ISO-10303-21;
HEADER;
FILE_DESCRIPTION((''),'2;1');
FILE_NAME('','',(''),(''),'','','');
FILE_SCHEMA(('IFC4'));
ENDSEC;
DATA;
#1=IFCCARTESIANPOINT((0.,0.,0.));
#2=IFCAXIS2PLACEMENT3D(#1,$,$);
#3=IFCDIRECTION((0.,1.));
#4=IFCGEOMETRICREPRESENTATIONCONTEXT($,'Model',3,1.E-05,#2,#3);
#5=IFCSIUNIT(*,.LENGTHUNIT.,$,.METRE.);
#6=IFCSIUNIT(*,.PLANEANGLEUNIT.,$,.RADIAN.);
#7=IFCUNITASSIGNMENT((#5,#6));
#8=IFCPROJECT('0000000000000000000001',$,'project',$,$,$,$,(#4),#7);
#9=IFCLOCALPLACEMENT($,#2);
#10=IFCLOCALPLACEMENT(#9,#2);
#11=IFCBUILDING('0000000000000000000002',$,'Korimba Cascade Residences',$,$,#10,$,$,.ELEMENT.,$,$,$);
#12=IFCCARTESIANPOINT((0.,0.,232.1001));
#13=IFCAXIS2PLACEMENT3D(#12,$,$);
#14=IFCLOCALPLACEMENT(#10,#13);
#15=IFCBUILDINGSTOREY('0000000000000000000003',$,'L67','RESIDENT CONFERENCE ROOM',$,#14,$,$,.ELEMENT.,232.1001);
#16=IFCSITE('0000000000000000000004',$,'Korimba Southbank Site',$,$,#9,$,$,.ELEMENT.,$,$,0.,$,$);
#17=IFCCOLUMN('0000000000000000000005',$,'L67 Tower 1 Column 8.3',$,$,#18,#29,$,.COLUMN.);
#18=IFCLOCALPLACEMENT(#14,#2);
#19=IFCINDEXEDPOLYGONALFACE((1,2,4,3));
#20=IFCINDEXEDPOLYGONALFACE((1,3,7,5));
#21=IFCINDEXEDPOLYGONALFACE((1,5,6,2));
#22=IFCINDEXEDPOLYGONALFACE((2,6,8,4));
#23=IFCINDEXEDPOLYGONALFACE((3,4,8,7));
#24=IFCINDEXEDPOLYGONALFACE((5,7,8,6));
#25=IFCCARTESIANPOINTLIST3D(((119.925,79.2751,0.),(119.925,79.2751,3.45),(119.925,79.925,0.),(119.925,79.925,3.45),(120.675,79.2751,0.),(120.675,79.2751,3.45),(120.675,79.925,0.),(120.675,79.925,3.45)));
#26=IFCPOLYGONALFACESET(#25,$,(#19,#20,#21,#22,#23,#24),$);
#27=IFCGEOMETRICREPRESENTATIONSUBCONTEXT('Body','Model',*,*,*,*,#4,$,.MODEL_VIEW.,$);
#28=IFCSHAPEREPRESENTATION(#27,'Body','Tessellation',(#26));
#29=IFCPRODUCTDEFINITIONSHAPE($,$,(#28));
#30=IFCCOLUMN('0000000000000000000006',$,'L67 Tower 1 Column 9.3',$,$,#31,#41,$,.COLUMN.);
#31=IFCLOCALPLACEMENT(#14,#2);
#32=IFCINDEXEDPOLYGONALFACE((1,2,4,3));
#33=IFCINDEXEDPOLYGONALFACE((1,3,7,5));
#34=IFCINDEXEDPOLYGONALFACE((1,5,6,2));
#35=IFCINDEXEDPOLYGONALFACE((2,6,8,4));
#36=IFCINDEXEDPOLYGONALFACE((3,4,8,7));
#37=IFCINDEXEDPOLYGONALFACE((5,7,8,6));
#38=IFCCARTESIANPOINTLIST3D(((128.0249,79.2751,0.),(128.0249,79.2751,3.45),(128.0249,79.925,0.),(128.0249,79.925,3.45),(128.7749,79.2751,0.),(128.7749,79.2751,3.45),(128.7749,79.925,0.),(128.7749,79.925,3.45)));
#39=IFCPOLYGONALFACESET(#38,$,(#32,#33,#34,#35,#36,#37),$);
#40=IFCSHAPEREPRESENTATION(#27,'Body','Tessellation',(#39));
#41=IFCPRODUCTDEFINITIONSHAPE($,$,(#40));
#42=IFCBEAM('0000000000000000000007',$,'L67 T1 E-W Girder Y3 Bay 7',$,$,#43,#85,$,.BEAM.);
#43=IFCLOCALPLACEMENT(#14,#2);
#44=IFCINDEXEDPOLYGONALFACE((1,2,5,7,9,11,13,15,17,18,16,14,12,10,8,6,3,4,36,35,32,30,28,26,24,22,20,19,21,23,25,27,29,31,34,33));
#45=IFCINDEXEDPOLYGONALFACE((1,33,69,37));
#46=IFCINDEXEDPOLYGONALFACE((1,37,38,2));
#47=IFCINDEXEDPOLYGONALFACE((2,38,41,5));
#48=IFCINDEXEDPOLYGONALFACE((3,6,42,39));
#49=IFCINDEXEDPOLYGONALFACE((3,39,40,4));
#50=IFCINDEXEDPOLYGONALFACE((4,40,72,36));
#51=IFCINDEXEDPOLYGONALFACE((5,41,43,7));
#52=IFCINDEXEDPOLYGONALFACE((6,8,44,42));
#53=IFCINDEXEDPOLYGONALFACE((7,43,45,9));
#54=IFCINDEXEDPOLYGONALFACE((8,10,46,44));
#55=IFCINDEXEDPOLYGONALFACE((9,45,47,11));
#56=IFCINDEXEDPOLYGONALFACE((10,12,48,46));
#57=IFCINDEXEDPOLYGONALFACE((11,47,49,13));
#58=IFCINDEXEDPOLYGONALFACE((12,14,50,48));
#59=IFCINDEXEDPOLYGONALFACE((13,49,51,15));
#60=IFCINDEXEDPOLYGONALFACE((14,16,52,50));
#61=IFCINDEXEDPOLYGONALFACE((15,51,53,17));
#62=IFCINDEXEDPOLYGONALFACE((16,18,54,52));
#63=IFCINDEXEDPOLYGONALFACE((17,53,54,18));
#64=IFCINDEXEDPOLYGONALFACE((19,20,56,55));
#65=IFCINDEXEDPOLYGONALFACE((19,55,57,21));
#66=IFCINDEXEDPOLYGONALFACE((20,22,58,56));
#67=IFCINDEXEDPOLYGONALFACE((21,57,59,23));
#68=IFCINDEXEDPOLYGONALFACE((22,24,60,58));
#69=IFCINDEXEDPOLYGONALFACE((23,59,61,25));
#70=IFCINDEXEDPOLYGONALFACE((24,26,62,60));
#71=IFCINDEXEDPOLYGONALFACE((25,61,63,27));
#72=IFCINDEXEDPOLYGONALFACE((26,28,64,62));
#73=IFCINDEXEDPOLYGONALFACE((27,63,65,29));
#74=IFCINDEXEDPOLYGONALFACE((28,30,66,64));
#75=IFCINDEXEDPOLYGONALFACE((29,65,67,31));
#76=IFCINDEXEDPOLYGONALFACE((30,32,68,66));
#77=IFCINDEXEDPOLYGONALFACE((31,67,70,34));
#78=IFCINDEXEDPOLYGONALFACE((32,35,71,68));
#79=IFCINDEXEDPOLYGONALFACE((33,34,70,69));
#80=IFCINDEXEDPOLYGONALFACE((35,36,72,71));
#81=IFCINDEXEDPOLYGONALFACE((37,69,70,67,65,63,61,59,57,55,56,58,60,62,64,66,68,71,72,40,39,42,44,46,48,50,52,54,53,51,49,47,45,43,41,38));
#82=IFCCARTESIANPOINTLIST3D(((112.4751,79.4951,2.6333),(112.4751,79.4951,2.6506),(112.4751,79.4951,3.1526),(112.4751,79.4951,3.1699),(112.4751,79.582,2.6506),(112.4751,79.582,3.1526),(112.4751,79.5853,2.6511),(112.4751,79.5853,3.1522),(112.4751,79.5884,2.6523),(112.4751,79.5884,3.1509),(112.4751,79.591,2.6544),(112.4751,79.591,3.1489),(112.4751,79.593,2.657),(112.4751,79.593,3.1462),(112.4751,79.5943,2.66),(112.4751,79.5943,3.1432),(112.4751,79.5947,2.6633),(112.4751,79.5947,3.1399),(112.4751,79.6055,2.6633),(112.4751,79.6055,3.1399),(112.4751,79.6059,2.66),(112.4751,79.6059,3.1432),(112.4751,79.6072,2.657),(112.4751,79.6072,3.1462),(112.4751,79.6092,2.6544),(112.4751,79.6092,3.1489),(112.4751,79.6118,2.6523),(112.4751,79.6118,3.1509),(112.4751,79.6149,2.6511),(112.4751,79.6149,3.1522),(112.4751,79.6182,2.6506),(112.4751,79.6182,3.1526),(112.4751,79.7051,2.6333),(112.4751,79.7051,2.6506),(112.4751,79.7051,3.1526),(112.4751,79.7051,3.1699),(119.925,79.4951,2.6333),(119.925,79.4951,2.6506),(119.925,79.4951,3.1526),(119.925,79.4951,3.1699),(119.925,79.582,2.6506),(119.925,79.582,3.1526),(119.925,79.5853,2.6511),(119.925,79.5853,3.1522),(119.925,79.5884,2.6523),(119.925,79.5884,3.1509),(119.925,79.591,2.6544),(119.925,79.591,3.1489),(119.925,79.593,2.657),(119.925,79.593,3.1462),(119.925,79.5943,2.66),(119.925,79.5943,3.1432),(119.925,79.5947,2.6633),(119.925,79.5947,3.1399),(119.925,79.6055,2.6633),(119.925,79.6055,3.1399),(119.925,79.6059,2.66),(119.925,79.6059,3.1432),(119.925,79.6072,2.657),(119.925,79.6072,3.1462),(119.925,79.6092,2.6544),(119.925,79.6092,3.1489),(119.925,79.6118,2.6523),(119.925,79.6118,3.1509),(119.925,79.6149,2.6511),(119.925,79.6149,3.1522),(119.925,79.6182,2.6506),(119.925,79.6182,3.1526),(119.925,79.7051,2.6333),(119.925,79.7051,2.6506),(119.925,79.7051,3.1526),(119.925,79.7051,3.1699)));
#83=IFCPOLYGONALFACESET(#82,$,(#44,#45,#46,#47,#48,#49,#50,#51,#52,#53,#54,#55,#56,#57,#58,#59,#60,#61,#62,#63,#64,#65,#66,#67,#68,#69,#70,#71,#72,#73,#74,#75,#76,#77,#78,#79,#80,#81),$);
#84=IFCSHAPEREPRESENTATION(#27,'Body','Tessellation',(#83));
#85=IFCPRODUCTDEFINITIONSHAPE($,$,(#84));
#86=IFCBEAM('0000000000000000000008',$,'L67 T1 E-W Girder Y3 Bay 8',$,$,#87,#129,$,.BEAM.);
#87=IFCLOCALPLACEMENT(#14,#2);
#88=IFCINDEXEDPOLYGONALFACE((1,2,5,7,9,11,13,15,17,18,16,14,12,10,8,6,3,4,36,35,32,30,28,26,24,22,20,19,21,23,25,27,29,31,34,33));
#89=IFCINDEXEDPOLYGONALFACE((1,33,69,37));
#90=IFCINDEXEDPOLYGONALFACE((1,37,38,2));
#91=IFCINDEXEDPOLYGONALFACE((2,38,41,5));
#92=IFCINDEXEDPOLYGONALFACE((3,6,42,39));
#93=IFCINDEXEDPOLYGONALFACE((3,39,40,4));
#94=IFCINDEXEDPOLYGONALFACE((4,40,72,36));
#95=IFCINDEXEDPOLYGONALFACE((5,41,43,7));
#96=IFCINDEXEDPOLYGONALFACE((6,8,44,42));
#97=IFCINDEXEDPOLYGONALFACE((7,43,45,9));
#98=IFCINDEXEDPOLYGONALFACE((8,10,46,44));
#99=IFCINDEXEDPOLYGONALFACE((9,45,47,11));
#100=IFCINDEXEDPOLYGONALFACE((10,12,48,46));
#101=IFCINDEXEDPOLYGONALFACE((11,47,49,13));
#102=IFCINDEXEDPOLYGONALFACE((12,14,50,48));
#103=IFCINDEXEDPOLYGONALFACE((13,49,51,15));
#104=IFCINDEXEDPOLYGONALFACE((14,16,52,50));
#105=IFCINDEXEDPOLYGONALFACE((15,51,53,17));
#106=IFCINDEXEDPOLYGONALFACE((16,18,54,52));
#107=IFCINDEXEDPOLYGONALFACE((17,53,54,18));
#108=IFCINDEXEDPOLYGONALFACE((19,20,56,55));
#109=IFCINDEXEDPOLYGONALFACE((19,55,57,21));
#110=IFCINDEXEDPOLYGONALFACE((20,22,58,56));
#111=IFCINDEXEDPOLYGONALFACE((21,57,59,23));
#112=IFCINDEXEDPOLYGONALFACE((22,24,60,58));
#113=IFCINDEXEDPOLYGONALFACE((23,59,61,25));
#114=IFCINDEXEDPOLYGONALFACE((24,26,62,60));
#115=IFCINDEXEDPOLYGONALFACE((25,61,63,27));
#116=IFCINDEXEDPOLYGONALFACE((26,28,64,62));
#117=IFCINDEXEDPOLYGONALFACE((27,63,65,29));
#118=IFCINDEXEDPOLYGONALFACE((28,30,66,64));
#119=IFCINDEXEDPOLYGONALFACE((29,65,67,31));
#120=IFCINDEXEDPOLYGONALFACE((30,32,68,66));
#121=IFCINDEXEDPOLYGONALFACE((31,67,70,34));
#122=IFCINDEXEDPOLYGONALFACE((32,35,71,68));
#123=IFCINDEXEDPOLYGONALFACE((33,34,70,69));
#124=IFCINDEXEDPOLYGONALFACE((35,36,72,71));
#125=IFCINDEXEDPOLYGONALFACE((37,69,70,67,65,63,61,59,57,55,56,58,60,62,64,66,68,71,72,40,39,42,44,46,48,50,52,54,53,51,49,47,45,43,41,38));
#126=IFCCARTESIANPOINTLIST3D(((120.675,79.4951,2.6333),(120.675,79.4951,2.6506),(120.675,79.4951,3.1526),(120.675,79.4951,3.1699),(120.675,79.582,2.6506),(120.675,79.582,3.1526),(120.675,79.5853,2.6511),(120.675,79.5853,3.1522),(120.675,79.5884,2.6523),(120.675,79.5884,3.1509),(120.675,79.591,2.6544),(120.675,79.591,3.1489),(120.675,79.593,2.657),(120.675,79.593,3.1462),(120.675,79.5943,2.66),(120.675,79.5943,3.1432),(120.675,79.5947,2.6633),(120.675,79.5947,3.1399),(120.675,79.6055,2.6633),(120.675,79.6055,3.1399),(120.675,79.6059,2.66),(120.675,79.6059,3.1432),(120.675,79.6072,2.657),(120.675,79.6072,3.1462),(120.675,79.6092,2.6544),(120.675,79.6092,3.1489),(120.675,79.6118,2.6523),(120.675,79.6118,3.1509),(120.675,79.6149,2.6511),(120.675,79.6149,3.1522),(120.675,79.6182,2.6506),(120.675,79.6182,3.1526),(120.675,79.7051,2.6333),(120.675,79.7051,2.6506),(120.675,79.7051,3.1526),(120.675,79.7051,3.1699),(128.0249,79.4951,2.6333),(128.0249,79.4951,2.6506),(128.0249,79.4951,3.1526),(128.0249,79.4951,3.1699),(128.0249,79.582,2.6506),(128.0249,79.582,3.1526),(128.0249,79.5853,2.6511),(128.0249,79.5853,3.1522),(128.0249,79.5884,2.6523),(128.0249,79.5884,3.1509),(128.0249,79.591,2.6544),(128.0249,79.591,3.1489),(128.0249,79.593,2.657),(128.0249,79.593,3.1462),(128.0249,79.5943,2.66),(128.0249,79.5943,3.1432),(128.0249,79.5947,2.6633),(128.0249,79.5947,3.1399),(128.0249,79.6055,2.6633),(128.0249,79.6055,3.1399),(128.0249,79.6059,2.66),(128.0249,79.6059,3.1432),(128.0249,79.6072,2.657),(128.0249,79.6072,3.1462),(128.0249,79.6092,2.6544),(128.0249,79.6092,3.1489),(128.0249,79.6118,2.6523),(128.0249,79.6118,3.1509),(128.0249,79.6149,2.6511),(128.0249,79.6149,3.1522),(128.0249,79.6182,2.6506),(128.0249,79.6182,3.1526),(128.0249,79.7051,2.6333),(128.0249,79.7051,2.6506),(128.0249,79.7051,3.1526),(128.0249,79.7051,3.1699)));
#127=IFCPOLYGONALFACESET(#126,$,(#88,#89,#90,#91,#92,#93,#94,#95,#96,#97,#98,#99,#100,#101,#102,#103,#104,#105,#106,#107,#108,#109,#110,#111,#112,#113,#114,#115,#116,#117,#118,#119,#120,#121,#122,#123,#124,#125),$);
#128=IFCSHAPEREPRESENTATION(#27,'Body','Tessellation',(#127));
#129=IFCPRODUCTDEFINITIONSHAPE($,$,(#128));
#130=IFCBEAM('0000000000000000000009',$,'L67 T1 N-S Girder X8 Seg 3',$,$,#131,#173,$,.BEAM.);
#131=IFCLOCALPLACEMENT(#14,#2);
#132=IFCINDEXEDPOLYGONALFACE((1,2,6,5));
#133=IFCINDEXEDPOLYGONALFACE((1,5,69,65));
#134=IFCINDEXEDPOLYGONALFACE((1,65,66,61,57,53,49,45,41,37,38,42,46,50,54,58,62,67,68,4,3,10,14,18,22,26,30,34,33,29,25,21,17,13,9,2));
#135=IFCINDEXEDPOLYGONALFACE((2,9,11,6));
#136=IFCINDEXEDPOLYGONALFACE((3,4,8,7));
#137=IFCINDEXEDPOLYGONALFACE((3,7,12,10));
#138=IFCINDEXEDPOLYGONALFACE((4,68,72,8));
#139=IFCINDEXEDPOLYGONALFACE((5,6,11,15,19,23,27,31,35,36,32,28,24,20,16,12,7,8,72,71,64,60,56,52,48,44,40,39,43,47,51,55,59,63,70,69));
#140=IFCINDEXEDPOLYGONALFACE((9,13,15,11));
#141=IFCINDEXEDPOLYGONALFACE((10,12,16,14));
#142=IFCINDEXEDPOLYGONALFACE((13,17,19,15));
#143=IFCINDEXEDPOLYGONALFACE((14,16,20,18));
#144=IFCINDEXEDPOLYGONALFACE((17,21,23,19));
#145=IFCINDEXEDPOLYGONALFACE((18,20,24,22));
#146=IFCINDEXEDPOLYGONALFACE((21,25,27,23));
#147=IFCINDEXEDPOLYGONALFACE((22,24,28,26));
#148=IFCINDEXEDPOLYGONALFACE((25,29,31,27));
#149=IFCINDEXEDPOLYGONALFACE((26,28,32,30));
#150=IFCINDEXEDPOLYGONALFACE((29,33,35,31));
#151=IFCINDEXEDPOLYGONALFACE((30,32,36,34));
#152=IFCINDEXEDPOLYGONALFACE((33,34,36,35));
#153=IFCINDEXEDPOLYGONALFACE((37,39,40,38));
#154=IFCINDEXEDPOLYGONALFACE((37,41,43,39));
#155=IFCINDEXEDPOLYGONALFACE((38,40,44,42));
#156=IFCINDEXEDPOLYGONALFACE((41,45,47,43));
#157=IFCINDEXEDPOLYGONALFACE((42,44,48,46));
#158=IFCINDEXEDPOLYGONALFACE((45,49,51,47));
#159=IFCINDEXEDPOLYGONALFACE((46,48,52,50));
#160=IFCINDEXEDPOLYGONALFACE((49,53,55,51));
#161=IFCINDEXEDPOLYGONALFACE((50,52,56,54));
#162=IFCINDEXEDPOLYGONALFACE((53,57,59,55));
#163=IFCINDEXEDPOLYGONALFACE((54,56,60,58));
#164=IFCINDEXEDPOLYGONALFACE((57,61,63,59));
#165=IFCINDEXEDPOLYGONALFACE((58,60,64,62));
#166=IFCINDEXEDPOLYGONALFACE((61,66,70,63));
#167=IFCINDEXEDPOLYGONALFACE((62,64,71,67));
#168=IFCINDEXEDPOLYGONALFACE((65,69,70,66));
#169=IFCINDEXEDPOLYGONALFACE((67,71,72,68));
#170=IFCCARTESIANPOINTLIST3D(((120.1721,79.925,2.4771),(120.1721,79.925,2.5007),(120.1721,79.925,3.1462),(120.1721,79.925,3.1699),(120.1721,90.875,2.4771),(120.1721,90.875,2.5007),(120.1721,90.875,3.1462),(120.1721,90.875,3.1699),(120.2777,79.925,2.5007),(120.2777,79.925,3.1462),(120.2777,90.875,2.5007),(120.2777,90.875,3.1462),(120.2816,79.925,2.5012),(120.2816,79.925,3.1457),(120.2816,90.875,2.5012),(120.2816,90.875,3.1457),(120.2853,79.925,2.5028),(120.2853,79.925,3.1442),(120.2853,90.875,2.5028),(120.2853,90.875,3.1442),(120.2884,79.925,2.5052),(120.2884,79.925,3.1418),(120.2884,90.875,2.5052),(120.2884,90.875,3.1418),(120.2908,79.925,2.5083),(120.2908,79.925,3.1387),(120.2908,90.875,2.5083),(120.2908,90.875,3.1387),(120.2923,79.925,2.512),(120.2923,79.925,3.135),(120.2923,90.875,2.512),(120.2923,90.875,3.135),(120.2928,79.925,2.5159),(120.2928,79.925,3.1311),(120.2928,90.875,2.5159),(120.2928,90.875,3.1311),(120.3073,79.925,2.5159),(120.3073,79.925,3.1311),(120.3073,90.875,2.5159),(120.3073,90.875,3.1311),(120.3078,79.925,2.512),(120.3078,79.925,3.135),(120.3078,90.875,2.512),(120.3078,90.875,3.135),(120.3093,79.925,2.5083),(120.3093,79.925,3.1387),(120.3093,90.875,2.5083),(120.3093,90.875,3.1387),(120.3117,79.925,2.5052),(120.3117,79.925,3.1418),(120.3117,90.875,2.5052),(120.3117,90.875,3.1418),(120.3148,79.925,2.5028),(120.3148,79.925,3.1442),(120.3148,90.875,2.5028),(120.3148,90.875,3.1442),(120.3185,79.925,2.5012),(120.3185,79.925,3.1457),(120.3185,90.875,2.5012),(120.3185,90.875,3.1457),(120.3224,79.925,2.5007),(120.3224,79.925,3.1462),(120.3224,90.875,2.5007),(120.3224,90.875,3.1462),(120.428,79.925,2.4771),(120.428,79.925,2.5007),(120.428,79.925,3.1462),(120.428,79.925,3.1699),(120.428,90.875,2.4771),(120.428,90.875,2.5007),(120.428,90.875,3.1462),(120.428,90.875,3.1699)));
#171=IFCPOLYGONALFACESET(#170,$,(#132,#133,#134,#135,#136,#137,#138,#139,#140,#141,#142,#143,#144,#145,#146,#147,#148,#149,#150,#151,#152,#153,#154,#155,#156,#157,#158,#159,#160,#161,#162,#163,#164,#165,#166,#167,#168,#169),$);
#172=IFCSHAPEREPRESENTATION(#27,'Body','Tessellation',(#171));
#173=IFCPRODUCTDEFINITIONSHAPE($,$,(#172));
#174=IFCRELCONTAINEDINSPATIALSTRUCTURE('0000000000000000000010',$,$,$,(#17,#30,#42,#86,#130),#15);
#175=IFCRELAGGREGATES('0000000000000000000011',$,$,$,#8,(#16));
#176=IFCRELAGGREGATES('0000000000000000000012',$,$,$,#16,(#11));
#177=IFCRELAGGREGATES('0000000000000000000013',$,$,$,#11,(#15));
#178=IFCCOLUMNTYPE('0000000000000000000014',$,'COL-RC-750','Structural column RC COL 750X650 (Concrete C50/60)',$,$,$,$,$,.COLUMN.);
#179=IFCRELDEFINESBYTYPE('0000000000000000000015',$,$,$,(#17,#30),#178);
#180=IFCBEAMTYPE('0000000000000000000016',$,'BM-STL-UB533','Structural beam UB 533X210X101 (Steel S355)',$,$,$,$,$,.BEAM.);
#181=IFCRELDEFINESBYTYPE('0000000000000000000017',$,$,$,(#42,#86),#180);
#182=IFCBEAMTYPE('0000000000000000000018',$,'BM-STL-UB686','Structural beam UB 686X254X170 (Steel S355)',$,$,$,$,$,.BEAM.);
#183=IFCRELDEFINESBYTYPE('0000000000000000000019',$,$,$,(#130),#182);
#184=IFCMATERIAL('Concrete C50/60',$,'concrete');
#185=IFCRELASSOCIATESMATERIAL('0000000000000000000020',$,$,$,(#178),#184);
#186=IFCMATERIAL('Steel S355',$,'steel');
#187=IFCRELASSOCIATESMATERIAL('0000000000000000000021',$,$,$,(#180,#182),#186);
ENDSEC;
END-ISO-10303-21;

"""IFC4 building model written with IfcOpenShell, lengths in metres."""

from ifc_helpers import new_model, si_unit, direction, frame, origin, origin_2d, place, context, subcontext, project, spatial, rectangle, i_section, extrude, material, material_profile, profile_set, type_object, element, save


model = new_model("IFC4")

# Units and contexts
model_context = context("Model", 3, precision=1e-05, world=origin(), true_north=direction((0.0, 1.0)))
body_context = subcontext(model_context, "Body", "Model", "MODEL_VIEW")
ifc_project = project(units=[si_unit("LENGTHUNIT", "METRE"), si_unit("PLANEANGLEUNIT", "RADIAN")], contexts=[model_context])

# Site, building, storey
site_placement = place(None, origin())
site = spatial("IfcSite", under=ifc_project, at=site_placement, Name="Korimba Southbank Site", CompositionType="ELEMENT", RefElevation=0.0)
building_placement = place(site_placement, origin())
building = spatial("IfcBuilding", under=site, at=building_placement, Name="Korimba Cascade Residences", CompositionType="ELEMENT")
storey_placement = place(building_placement, frame((0.0, 0.0, 232.1001)))
storey = spatial("IfcBuildingStorey", under=building, at=storey_placement, Name="L67", Description="RESIDENT CONFERENCE ROOM", CompositionType="ELEMENT", Elevation=232.1001)

# Columns
ifc_material_1 = material(Name="Concrete C50/60", Category="concrete")
ifc_material_profile_1 = material_profile(ifc_material_1, rectangle(XDim=0.75, YDim=0.6499, at=origin_2d()), Name="Concrete C50/60")
ifc_profile_set_1 = profile_set([ifc_material_profile_1], Name="Concrete C50/60")
column_type = type_object("IfcColumnType", Name="COL-RC-750", Description="Structural column RC COL 750X650 (Concrete C50/60)", PredefinedType="COLUMN", material=ifc_profile_set_1)
for number, where, z_axis, x_axis, name in (
    (1, (120.3, 79.6001, 0.0), (0.0, 0.0, 1.0), (1.0, 0.0, 0.0), "L67 Tower 1 Column 8.3"),
    (2, (128.3999, 79.6001, 0.0), (0.0, 0.0, 1.0), (1.0, 0.0, 0.0), "L67 Tower 1 Column 9.3"),
):
    element("IfcColumn", number, at=place(storey_placement, frame(where, z_axis=z_axis, x_axis=x_axis)), inside=storey, type_object=column_type, Name=name, PredefinedType="COLUMN", context=body_context, shape_type="SweptSolid", body=[
        extrude(rectangle(XDim=0.75, YDim=0.6499, at=origin_2d()), origin(), (0.0, 0.0, 1.0), 3.45),
    ])

# Beams
ifc_material_2 = material(Name="Steel S355", Category="steel")
ifc_material_profile_2 = material_profile(ifc_material_2, i_section(OverallWidth=0.21, OverallDepth=0.5366, WebThickness=0.0107, FlangeThickness=0.0173, FilletRadius=0.0127, at=origin_2d()), Name="Steel S355")
ifc_profile_set_2 = profile_set([ifc_material_profile_2], Name="Steel S355")
beam_type_1 = type_object("IfcBeamType", Name="BM-STL-UB533", Description="Structural beam UB 533X210X101 (Steel S355)", PredefinedType="BEAM", material=ifc_profile_set_2)
beam_1_placement = place(storey_placement, frame((112.4751, 79.6001, 2.9016), z_axis=(1.0, 0.0, 0.0), x_axis=(0.0, 1.0, 0.0)))
element("IfcBeam", 3, at=beam_1_placement, inside=storey, type_object=beam_type_1, Name="L67 T1 E-W Girder Y3 Bay 7", PredefinedType="BEAM", context=body_context, shape_type="SweptSolid", body=[
    extrude(i_section(OverallWidth=0.21, OverallDepth=0.5366, WebThickness=0.0107, FlangeThickness=0.0173, FilletRadius=0.0127, at=origin_2d()), origin(), (0.0, 0.0, 1.0), 7.45),
])
beam_2_placement = place(storey_placement, frame((120.675, 79.6001, 2.9016), z_axis=(1.0, 0.0, 0.0), x_axis=(0.0, 1.0, 0.0)))
element("IfcBeam", 4, at=beam_2_placement, inside=storey, type_object=beam_type_1, Name="L67 T1 E-W Girder Y3 Bay 8", PredefinedType="BEAM", context=body_context, shape_type="SweptSolid", body=[
    extrude(i_section(OverallWidth=0.21, OverallDepth=0.5366, WebThickness=0.0107, FlangeThickness=0.0173, FilletRadius=0.0127, at=origin_2d()), origin(), (0.0, 0.0, 1.0), 7.3499),
])
ifc_material_profile_3 = material_profile(ifc_material_2, i_section(OverallWidth=0.2559, OverallDepth=0.6929, WebThickness=0.0144, FlangeThickness=0.0237, FilletRadius=0.0151, at=origin_2d()), Name="Steel S355")
ifc_profile_set_3 = profile_set([ifc_material_profile_3], Name="Steel S355")
beam_type_2 = type_object("IfcBeamType", Name="BM-STL-UB686", Description="Structural beam UB 686X254X170 (Steel S355)", PredefinedType="BEAM", material=ifc_profile_set_3)
for number, where, z_axis, x_axis, name in (
    (5, (120.3, 79.925, 2.8235), (0.0, 1.0, 0.0), (-1.0, 0.0, 0.0), "L67 T1 N-S Girder X8 Seg 3"),
):
    element("IfcBeam", number, at=place(storey_placement, frame(where, z_axis=z_axis, x_axis=x_axis)), inside=storey, type_object=beam_type_2, Name=name, PredefinedType="BEAM", context=body_context, shape_type="SweptSolid", body=[
        extrude(i_section(OverallWidth=0.2559, OverallDepth=0.6929, WebThickness=0.0144, FlangeThickness=0.0237, FilletRadius=0.0151, at=origin_2d()), origin(), (0.0, 0.0, 1.0), 10.95),
    ])

save(model, "model.ifc")
